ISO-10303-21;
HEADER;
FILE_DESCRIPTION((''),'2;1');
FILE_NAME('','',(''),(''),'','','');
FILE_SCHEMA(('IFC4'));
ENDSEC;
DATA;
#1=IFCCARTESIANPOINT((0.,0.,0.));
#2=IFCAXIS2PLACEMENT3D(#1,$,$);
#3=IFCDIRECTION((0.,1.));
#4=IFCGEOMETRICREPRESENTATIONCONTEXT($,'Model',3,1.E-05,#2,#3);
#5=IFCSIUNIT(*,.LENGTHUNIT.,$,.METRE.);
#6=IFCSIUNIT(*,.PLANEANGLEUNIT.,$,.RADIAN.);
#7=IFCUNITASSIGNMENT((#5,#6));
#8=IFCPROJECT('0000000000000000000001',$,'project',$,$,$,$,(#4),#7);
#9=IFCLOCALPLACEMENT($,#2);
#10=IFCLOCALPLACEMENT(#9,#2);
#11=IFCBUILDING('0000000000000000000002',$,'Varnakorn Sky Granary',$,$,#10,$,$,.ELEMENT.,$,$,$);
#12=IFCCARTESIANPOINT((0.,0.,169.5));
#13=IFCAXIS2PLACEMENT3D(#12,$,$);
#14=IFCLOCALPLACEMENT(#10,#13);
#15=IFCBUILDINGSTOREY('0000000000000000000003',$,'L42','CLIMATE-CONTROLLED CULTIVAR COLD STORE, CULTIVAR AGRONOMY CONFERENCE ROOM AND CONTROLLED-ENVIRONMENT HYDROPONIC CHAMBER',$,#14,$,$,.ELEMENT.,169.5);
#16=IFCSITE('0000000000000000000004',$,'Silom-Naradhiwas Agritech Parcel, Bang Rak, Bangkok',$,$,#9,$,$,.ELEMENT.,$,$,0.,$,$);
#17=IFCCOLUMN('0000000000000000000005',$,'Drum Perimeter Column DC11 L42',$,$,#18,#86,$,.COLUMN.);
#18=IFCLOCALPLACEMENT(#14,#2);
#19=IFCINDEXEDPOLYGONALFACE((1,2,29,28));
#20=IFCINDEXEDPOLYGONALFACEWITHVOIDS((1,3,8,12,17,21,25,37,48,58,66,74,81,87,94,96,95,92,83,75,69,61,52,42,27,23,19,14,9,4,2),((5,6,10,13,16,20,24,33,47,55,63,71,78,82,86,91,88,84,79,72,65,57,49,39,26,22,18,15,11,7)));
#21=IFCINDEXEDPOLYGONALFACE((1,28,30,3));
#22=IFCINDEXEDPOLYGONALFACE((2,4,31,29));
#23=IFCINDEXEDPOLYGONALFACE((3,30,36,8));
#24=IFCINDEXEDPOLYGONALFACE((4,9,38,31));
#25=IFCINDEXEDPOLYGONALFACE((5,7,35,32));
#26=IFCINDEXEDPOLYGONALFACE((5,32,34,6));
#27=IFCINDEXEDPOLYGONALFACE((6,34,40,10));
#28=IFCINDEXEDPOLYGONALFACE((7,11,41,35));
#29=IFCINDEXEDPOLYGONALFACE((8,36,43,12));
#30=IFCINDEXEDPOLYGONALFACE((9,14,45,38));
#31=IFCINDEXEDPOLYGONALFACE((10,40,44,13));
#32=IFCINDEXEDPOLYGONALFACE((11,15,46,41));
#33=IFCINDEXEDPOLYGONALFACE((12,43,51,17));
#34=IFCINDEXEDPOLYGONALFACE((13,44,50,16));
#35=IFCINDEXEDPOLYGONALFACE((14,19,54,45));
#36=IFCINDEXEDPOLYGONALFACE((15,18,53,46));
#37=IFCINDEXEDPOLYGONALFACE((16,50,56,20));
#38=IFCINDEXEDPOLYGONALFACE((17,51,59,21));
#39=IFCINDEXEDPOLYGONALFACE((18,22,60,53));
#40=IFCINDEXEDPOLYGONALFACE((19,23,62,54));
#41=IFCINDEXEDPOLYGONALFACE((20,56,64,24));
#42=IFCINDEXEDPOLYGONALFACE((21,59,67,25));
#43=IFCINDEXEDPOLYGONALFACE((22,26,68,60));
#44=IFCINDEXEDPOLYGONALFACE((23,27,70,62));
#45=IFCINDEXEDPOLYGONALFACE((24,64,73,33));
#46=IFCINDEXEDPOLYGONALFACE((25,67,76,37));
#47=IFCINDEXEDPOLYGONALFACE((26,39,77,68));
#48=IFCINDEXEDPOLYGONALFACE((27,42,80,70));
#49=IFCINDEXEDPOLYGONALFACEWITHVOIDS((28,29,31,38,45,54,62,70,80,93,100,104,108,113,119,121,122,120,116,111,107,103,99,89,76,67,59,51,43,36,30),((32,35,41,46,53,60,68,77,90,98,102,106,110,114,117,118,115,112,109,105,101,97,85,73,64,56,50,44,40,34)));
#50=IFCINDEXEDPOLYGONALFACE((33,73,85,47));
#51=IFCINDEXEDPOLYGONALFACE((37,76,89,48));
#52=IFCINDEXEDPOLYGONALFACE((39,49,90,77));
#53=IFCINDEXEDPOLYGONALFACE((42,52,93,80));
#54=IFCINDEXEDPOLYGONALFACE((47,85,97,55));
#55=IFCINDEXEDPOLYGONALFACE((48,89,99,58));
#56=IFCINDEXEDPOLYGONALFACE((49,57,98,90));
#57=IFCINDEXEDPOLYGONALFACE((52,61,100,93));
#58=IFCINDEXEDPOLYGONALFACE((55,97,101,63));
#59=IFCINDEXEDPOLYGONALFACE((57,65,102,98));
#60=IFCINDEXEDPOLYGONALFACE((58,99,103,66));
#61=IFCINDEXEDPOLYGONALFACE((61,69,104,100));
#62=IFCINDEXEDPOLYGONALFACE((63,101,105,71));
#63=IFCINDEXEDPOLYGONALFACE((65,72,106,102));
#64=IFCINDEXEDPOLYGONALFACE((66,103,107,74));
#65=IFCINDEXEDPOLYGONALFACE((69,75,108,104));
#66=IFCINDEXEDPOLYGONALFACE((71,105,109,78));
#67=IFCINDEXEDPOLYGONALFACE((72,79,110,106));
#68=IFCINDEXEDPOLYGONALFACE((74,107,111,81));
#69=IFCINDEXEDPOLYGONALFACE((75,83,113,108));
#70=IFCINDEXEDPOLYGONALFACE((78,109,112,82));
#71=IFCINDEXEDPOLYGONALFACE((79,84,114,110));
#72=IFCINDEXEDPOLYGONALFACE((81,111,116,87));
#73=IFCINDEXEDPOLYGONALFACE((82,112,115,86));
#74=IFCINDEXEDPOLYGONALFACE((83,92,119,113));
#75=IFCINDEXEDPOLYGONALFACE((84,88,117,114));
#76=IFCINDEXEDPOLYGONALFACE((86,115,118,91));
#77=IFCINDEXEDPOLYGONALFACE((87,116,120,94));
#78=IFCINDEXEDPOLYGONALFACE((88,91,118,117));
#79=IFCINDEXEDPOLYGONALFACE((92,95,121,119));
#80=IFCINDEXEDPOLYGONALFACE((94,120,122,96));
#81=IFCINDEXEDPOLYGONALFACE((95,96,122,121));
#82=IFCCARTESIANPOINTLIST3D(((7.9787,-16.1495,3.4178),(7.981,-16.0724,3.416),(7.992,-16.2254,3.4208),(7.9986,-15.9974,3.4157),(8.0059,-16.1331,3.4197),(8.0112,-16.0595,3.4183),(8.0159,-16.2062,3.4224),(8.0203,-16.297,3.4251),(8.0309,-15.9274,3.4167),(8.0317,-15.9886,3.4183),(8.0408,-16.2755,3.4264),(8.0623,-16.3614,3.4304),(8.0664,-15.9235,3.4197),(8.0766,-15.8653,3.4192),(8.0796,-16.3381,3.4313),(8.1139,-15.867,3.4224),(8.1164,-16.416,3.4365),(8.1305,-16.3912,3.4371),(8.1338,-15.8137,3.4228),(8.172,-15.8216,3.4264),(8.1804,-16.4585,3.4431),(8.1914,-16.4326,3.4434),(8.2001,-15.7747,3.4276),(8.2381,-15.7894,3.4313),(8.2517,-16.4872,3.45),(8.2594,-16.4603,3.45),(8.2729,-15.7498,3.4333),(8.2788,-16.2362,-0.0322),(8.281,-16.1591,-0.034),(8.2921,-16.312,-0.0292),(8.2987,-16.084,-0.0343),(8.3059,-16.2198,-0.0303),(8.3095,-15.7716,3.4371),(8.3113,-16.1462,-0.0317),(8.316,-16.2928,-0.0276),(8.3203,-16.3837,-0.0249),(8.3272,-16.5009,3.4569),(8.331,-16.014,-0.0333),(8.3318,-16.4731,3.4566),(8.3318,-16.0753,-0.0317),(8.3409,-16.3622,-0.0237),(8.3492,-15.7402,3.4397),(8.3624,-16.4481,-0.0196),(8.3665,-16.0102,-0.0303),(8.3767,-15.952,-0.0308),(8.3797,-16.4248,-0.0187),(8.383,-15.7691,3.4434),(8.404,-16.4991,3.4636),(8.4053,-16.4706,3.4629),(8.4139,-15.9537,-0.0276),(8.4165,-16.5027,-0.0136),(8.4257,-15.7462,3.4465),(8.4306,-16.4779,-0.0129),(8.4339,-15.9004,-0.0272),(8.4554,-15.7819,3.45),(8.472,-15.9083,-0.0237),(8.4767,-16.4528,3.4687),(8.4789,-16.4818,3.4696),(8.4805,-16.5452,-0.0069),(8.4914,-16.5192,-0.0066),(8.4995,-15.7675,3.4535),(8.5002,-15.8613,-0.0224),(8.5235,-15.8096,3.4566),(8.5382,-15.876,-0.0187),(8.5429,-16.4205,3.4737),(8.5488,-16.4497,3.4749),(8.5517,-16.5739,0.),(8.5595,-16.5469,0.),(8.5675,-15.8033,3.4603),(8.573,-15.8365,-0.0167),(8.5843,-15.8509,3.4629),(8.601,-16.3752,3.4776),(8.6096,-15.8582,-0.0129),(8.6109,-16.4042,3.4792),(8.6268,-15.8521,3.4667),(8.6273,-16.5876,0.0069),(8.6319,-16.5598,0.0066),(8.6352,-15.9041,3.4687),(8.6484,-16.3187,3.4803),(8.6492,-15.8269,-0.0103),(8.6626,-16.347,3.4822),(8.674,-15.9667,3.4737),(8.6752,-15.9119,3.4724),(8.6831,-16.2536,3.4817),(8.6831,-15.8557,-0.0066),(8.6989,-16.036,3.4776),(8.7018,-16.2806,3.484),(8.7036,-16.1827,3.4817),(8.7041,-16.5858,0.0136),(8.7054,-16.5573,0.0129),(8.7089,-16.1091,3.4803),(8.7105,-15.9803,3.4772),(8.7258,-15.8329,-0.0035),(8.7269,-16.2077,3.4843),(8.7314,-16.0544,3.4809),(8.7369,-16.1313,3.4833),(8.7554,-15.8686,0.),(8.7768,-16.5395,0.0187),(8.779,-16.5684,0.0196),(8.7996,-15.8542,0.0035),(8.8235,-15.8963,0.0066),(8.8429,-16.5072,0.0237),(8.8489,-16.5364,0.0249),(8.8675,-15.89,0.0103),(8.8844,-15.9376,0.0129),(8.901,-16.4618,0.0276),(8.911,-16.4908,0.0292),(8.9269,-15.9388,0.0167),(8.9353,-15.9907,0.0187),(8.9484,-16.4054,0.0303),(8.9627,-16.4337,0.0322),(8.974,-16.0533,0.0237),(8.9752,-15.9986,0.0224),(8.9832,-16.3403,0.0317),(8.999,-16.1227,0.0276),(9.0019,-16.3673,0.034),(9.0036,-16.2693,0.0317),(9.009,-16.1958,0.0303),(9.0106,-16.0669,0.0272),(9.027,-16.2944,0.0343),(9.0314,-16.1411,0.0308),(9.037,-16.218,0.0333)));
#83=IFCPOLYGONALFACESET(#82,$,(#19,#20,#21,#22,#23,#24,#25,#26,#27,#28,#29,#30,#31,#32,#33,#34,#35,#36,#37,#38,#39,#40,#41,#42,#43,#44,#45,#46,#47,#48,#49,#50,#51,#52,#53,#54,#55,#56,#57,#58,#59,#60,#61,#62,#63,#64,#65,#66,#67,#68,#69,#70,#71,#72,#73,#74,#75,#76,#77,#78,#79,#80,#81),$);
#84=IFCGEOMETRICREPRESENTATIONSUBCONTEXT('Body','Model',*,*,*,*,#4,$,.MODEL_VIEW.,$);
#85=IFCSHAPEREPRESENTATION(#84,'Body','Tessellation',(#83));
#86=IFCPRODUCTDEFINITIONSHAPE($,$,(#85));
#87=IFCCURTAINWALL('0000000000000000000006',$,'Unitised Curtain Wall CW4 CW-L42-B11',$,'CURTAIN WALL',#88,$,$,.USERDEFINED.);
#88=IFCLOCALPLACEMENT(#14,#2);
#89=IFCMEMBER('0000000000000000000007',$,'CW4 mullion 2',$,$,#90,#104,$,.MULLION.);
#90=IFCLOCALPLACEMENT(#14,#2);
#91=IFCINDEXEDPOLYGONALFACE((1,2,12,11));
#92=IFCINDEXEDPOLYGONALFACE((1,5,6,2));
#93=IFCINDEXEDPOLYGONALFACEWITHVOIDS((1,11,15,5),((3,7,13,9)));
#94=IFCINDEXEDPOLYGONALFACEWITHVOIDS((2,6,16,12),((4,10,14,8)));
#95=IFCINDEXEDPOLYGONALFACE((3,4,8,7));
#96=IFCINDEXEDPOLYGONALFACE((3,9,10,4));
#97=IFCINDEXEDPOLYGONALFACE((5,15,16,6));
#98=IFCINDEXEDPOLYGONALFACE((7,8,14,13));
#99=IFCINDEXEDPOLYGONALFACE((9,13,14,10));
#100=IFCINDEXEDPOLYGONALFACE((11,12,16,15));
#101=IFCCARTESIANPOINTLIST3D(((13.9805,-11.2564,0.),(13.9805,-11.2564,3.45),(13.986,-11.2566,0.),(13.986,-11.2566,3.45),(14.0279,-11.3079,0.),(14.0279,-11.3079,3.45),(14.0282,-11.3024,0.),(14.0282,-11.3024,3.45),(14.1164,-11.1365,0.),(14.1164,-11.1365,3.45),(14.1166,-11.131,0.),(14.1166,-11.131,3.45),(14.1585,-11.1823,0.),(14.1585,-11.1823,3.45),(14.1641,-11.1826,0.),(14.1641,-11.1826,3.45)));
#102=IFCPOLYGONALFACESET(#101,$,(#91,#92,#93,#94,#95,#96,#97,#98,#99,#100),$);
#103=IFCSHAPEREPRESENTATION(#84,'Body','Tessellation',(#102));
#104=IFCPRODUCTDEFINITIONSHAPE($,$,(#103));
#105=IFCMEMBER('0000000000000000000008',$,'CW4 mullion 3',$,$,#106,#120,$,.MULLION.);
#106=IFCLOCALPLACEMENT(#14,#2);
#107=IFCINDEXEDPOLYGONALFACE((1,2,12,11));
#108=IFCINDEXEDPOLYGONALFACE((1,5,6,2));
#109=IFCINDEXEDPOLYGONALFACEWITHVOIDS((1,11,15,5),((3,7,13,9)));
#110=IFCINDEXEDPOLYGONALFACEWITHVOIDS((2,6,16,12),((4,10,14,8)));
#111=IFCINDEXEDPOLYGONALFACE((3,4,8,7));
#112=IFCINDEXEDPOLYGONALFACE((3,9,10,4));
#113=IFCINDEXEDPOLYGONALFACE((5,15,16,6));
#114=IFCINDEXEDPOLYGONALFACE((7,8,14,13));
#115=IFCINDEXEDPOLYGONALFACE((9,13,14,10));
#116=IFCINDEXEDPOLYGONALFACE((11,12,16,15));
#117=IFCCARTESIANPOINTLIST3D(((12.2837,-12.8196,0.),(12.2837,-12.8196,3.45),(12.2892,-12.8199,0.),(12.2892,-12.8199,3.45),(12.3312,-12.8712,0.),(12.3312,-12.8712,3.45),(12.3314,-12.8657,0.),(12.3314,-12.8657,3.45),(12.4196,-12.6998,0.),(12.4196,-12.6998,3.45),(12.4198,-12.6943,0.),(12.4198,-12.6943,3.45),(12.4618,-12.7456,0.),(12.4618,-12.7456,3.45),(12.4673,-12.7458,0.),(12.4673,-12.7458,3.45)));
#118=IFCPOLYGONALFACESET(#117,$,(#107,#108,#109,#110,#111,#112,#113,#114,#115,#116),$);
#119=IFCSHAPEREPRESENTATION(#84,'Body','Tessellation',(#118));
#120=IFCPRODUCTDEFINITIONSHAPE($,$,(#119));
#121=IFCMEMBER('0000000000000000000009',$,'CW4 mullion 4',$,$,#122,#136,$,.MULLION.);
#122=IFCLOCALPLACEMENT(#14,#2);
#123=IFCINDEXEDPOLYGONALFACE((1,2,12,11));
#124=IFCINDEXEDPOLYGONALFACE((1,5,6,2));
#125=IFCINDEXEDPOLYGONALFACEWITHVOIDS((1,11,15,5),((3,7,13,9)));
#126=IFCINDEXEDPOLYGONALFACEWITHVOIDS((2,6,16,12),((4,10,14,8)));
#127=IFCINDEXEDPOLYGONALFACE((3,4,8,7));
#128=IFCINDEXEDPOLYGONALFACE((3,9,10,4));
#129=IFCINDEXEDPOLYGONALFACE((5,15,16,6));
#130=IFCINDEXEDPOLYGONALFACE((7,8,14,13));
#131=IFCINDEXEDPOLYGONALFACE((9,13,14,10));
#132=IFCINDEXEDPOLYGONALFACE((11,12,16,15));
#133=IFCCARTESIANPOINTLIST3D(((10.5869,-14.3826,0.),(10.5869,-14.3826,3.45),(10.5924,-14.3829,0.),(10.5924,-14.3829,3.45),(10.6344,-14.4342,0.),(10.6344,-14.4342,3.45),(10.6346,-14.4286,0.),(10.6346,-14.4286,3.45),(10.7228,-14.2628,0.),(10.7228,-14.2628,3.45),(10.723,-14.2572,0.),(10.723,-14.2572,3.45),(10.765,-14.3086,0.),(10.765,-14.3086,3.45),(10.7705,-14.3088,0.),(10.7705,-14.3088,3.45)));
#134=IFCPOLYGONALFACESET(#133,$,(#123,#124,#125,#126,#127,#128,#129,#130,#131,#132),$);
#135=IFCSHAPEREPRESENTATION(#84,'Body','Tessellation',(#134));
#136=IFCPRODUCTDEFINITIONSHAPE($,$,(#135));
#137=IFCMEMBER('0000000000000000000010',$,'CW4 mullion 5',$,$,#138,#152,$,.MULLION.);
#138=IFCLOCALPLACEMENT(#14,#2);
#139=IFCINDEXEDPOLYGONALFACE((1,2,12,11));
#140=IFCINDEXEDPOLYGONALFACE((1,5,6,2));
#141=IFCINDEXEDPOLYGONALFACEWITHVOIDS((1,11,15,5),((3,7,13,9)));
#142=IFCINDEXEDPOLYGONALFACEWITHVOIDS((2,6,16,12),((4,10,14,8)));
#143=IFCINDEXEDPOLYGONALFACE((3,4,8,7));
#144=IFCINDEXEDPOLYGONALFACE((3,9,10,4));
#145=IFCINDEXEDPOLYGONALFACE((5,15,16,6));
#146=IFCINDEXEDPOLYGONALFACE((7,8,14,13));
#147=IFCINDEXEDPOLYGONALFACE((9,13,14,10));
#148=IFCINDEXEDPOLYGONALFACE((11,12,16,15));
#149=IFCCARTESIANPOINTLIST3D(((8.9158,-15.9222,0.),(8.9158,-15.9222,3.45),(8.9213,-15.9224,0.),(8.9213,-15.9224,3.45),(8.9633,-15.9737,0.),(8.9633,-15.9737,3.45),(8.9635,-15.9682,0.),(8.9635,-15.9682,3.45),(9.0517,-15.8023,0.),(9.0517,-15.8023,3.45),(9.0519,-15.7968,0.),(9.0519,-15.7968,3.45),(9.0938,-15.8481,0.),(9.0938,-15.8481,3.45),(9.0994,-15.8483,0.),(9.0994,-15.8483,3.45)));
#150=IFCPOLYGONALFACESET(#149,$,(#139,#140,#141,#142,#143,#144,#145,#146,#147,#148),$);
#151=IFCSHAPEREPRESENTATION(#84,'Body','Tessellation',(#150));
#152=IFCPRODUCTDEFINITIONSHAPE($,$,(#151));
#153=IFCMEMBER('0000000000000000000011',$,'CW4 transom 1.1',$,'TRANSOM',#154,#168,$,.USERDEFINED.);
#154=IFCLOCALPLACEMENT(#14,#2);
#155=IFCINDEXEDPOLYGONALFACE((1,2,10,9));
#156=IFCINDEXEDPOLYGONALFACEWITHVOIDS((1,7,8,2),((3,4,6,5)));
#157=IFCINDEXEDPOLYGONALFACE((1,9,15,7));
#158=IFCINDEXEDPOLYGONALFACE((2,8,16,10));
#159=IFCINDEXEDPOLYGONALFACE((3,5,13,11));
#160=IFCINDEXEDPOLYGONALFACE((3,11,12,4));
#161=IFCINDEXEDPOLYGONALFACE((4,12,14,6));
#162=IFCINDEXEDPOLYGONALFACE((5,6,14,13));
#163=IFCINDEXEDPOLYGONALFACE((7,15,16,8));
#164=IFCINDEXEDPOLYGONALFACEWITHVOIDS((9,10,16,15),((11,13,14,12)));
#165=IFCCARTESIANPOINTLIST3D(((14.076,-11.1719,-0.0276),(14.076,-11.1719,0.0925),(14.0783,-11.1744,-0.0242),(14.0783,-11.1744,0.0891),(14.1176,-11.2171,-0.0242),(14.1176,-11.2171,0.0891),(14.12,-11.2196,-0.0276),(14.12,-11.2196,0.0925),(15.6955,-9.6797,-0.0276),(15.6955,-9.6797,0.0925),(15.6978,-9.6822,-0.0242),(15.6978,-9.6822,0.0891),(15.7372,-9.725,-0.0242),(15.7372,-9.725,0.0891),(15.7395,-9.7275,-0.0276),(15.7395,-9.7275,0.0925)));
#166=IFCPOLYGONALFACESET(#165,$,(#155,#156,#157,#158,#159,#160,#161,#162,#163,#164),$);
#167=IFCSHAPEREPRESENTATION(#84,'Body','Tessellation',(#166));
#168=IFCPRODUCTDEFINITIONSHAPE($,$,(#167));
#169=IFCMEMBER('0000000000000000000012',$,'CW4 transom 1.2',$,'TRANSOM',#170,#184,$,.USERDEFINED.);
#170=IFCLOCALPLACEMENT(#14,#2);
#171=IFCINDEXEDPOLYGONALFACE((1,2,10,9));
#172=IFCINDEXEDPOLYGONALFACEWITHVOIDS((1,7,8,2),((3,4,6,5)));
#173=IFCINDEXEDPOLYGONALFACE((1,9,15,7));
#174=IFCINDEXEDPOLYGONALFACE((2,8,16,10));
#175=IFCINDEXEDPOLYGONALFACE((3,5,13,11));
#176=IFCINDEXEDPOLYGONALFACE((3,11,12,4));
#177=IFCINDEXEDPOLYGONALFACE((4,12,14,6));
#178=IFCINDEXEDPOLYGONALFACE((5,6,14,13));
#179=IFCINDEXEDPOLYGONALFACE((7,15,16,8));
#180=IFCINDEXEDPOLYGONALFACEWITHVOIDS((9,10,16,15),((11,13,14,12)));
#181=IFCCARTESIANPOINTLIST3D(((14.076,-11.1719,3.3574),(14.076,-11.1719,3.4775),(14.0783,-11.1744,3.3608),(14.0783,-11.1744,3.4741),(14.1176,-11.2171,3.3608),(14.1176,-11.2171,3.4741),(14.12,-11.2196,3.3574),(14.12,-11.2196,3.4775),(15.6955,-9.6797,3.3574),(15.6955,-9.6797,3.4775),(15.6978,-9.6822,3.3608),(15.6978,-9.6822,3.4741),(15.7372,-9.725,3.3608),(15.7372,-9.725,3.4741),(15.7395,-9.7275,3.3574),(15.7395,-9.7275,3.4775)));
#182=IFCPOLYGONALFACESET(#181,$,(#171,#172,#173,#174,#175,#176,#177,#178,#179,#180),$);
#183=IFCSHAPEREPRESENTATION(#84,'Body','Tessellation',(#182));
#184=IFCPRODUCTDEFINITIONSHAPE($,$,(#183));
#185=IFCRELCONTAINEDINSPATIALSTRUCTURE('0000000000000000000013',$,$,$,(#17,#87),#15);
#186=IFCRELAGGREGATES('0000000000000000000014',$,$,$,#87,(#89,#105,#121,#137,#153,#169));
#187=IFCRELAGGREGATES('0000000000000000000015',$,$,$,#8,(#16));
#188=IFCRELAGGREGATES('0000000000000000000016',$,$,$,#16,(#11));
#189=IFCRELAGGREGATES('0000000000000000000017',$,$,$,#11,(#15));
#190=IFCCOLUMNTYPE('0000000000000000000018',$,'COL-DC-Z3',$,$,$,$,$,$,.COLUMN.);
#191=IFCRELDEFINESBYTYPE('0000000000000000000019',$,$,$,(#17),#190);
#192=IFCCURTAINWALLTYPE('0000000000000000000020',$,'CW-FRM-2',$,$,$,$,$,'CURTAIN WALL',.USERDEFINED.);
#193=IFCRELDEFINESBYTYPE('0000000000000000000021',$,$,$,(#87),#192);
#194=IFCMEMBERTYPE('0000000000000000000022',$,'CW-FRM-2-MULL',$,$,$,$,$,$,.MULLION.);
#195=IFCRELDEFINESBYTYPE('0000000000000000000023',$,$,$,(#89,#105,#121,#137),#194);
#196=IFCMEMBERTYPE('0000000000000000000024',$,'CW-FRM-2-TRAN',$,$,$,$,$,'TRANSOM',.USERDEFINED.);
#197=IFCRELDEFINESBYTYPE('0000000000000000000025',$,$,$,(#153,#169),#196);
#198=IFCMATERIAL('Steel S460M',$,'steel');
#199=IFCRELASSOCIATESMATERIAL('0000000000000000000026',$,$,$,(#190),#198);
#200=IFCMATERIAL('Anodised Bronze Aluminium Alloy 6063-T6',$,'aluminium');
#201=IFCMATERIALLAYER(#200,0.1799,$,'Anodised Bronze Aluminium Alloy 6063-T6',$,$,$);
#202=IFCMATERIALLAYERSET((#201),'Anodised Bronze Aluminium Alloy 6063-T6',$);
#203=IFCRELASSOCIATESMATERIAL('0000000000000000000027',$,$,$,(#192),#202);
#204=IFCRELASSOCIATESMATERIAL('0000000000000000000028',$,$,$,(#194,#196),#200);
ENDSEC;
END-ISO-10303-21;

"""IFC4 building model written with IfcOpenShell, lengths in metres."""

from ifc_helpers import new_model, si_unit, direction, frame, origin, origin_2d, place, context, subcontext, project, spatial, hollow_rectangle, hollow_circle, extrude, material, layer, layer_set, material_profile, profile_set, type_object, element, aggregate, save


model = new_model("IFC4")

# Units and contexts
model_context = context("Model", 3, precision=1e-05, world=origin(), true_north=direction((0.0, 1.0)))
body_context = subcontext(model_context, "Body", "Model", "MODEL_VIEW")
ifc_project = project(units=[si_unit("LENGTHUNIT", "METRE"), si_unit("PLANEANGLEUNIT", "RADIAN")], contexts=[model_context])

# Site, building, storey
site_placement = place(None, origin())
site = spatial("IfcSite", under=ifc_project, at=site_placement, Name="Silom-Naradhiwas Agritech Parcel, Bang Rak, Bangkok", CompositionType="ELEMENT", RefElevation=0.0)
building_placement = place(site_placement, origin())
building = spatial("IfcBuilding", under=site, at=building_placement, Name="Varnakorn Sky Granary", CompositionType="ELEMENT")
storey_placement = place(building_placement, frame((0.0, 0.0, 169.5)))
storey = spatial("IfcBuildingStorey", under=building, at=storey_placement, Name="L42", Description="CLIMATE-CONTROLLED CULTIVAR COLD STORE, CULTIVAR AGRONOMY CONFERENCE ROOM AND CONTROLLED-ENVIRONMENT HYDROPONIC CHAMBER", CompositionType="ELEMENT", Elevation=169.5)

# Column
ifc_material_1 = material(Name="Steel S460M", Category="steel")
ifc_material_profile_1 = material_profile(ifc_material_1, hollow_circle(Radius=0.3811, WallThickness=0.0281, at=origin_2d()), Name="CHS 762x28")
ifc_profile_set_1 = profile_set([ifc_material_profile_1], Name="Steel S460M")
column_type = type_object("IfcColumnType", Name="COL-DC-Z3", PredefinedType="COLUMN", material=ifc_profile_set_1)
column_placement = place(storey_placement, frame((8.6575, -16.2078, 0.0), z_axis=(-0.086618, 0.02502, 0.995927), x_axis=(-0.277508, -0.960723, 0.0)))
element("IfcColumn", 1, at=column_placement, inside=storey, type_object=column_type, Name="Drum Perimeter Column DC11 L42", PredefinedType="COLUMN", context=body_context, shape_type="SweptSolid", body=[
    extrude(hollow_circle(Radius=0.3811, WallThickness=0.0281, at=origin_2d()), origin(), (0.0, 0.0, 1.0), 3.4641),
])

# Curtain wall, members
ifc_material_2 = material(Name="Anodised Bronze Aluminium Alloy 6063-T6", Category="aluminium")
ifc_layer_1 = layer(ifc_material_2, 0.1799, Name="Anodised Bronze Aluminium Alloy 6063-T6")
ifc_layer_set_1 = layer_set([ifc_layer_1], Name="Anodised Bronze Aluminium Alloy 6063-T6")
curtain_wall_type = type_object("IfcCurtainWallType", Name="CW-FRM-2", ElementType="CURTAIN WALL", PredefinedType="USERDEFINED", material=ifc_layer_set_1)
curtain_wall_placement = place(storey_placement, origin())
curtain_wall = element("IfcCurtainWall", 2, at=curtain_wall_placement, inside=storey, type_object=curtain_wall_type, Name="Unitised Curtain Wall CW4 CW-L42-B11", ObjectType="CURTAIN WALL", PredefinedType="USERDEFINED")
ifc_material_profile_2 = material_profile(ifc_material_2, hollow_rectangle(XDim=0.0701, YDim=0.1851, WallThickness=0.0039, at=origin_2d()), Name="ALU MULL 70x185")
ifc_profile_set_2 = profile_set([ifc_material_profile_2], Name="Anodised Bronze Aluminium Alloy 6063-T6")
member_type_1 = type_object("IfcMemberType", Name="CW-FRM-2-MULL", PredefinedType="MULLION", material=ifc_profile_set_2)
member_1_placement = place(storey_placement, frame((14.0723, -11.2195, 0.0), z_axis=(0.0, 0.0, 1.0), x_axis=(0.677548, -0.735479, 0.0)))
member_1 = element("IfcMember", 3, at=member_1_placement, type_object=member_type_1, Name="CW4 mullion 2", PredefinedType="MULLION", context=body_context, shape_type="SweptSolid", body=[
    extrude(hollow_rectangle(XDim=0.0701, YDim=0.1851, WallThickness=0.0039, at=origin_2d()), origin(), (0.0, 0.0, 1.0), 3.45),
])
member_2_placement = place(storey_placement, frame((12.3755, -12.7827, 0.0), z_axis=(0.0, 0.0, 1.0), x_axis=(0.677548, -0.735479, 0.0)))
member_2 = element("IfcMember", 4, at=member_2_placement, type_object=member_type_1, Name="CW4 mullion 3", PredefinedType="MULLION", context=body_context, shape_type="SweptSolid", body=[
    extrude(hollow_rectangle(XDim=0.0701, YDim=0.1851, WallThickness=0.0039, at=origin_2d()), origin(), (0.0, 0.0, 1.0), 3.45),
])
member_3_placement = place(storey_placement, frame((10.6787, -14.3457, 0.0), z_axis=(0.0, 0.0, 1.0), x_axis=(0.677548, -0.735479, 0.0)))
member_3 = element("IfcMember", 5, at=member_3_placement, type_object=member_type_1, Name="CW4 mullion 4", PredefinedType="MULLION", context=body_context, shape_type="SweptSolid", body=[
    extrude(hollow_rectangle(XDim=0.0701, YDim=0.1851, WallThickness=0.0039, at=origin_2d()), origin(), (0.0, 0.0, 1.0), 3.45),
])
member_4_placement = place(storey_placement, frame((9.0076, -15.8853, 0.0), z_axis=(0.0, 0.0, 1.0), x_axis=(0.677548, -0.735479, 0.0)))
member_4 = element("IfcMember", 6, at=member_4_placement, type_object=member_type_1, Name="CW4 mullion 5", PredefinedType="MULLION", context=body_context, shape_type="SweptSolid", body=[
    extrude(hollow_rectangle(XDim=0.0701, YDim=0.1851, WallThickness=0.0039, at=origin_2d()), origin(), (0.0, 0.0, 1.0), 3.45),
])
ifc_material_profile_3 = material_profile(ifc_material_2, hollow_rectangle(XDim=0.0649, YDim=0.1201, WallThickness=0.0034, at=origin_2d()), Name="ALU TRAN 65x120")
ifc_profile_set_3 = profile_set([ifc_material_profile_3], Name="Anodised Bronze Aluminium Alloy 6063-T6")
member_type_2 = type_object("IfcMemberType", Name="CW-FRM-2-TRAN", ElementType="TRANSOM", PredefinedType="USERDEFINED", material=ifc_profile_set_3)
member_5_placement = place(storey_placement, frame((15.7175, -9.7036, 0.0325), z_axis=(-0.735449, -0.67758, 0.0), x_axis=(0.67758, -0.735449, 0.0)))
member_5 = element("IfcMember", 7, at=member_5_placement, type_object=member_type_2, Name="CW4 transom 1.1", ObjectType="TRANSOM", PredefinedType="USERDEFINED", context=body_context, shape_type="SweptSolid", body=[
    extrude(hollow_rectangle(XDim=0.0649, YDim=0.1201, WallThickness=0.0034, at=origin_2d()), origin(), (0.0, 0.0, 1.0), 2.2021),
])
member_6_placement = place(storey_placement, frame((15.7175, -9.7036, 3.4175), z_axis=(-0.735449, -0.67758, 0.0), x_axis=(0.67758, -0.735449, 0.0)))
member_6 = element("IfcMember", 8, at=member_6_placement, type_object=member_type_2, Name="CW4 transom 1.2", ObjectType="TRANSOM", PredefinedType="USERDEFINED", context=body_context, shape_type="SweptSolid", body=[
    extrude(hollow_rectangle(XDim=0.0649, YDim=0.1201, WallThickness=0.0034, at=origin_2d()), origin(), (0.0, 0.0, 1.0), 2.2021),
])

aggregate(curtain_wall, [member_1, member_2, member_3, member_4, member_5, member_6])

save(model, "model.ifc")
